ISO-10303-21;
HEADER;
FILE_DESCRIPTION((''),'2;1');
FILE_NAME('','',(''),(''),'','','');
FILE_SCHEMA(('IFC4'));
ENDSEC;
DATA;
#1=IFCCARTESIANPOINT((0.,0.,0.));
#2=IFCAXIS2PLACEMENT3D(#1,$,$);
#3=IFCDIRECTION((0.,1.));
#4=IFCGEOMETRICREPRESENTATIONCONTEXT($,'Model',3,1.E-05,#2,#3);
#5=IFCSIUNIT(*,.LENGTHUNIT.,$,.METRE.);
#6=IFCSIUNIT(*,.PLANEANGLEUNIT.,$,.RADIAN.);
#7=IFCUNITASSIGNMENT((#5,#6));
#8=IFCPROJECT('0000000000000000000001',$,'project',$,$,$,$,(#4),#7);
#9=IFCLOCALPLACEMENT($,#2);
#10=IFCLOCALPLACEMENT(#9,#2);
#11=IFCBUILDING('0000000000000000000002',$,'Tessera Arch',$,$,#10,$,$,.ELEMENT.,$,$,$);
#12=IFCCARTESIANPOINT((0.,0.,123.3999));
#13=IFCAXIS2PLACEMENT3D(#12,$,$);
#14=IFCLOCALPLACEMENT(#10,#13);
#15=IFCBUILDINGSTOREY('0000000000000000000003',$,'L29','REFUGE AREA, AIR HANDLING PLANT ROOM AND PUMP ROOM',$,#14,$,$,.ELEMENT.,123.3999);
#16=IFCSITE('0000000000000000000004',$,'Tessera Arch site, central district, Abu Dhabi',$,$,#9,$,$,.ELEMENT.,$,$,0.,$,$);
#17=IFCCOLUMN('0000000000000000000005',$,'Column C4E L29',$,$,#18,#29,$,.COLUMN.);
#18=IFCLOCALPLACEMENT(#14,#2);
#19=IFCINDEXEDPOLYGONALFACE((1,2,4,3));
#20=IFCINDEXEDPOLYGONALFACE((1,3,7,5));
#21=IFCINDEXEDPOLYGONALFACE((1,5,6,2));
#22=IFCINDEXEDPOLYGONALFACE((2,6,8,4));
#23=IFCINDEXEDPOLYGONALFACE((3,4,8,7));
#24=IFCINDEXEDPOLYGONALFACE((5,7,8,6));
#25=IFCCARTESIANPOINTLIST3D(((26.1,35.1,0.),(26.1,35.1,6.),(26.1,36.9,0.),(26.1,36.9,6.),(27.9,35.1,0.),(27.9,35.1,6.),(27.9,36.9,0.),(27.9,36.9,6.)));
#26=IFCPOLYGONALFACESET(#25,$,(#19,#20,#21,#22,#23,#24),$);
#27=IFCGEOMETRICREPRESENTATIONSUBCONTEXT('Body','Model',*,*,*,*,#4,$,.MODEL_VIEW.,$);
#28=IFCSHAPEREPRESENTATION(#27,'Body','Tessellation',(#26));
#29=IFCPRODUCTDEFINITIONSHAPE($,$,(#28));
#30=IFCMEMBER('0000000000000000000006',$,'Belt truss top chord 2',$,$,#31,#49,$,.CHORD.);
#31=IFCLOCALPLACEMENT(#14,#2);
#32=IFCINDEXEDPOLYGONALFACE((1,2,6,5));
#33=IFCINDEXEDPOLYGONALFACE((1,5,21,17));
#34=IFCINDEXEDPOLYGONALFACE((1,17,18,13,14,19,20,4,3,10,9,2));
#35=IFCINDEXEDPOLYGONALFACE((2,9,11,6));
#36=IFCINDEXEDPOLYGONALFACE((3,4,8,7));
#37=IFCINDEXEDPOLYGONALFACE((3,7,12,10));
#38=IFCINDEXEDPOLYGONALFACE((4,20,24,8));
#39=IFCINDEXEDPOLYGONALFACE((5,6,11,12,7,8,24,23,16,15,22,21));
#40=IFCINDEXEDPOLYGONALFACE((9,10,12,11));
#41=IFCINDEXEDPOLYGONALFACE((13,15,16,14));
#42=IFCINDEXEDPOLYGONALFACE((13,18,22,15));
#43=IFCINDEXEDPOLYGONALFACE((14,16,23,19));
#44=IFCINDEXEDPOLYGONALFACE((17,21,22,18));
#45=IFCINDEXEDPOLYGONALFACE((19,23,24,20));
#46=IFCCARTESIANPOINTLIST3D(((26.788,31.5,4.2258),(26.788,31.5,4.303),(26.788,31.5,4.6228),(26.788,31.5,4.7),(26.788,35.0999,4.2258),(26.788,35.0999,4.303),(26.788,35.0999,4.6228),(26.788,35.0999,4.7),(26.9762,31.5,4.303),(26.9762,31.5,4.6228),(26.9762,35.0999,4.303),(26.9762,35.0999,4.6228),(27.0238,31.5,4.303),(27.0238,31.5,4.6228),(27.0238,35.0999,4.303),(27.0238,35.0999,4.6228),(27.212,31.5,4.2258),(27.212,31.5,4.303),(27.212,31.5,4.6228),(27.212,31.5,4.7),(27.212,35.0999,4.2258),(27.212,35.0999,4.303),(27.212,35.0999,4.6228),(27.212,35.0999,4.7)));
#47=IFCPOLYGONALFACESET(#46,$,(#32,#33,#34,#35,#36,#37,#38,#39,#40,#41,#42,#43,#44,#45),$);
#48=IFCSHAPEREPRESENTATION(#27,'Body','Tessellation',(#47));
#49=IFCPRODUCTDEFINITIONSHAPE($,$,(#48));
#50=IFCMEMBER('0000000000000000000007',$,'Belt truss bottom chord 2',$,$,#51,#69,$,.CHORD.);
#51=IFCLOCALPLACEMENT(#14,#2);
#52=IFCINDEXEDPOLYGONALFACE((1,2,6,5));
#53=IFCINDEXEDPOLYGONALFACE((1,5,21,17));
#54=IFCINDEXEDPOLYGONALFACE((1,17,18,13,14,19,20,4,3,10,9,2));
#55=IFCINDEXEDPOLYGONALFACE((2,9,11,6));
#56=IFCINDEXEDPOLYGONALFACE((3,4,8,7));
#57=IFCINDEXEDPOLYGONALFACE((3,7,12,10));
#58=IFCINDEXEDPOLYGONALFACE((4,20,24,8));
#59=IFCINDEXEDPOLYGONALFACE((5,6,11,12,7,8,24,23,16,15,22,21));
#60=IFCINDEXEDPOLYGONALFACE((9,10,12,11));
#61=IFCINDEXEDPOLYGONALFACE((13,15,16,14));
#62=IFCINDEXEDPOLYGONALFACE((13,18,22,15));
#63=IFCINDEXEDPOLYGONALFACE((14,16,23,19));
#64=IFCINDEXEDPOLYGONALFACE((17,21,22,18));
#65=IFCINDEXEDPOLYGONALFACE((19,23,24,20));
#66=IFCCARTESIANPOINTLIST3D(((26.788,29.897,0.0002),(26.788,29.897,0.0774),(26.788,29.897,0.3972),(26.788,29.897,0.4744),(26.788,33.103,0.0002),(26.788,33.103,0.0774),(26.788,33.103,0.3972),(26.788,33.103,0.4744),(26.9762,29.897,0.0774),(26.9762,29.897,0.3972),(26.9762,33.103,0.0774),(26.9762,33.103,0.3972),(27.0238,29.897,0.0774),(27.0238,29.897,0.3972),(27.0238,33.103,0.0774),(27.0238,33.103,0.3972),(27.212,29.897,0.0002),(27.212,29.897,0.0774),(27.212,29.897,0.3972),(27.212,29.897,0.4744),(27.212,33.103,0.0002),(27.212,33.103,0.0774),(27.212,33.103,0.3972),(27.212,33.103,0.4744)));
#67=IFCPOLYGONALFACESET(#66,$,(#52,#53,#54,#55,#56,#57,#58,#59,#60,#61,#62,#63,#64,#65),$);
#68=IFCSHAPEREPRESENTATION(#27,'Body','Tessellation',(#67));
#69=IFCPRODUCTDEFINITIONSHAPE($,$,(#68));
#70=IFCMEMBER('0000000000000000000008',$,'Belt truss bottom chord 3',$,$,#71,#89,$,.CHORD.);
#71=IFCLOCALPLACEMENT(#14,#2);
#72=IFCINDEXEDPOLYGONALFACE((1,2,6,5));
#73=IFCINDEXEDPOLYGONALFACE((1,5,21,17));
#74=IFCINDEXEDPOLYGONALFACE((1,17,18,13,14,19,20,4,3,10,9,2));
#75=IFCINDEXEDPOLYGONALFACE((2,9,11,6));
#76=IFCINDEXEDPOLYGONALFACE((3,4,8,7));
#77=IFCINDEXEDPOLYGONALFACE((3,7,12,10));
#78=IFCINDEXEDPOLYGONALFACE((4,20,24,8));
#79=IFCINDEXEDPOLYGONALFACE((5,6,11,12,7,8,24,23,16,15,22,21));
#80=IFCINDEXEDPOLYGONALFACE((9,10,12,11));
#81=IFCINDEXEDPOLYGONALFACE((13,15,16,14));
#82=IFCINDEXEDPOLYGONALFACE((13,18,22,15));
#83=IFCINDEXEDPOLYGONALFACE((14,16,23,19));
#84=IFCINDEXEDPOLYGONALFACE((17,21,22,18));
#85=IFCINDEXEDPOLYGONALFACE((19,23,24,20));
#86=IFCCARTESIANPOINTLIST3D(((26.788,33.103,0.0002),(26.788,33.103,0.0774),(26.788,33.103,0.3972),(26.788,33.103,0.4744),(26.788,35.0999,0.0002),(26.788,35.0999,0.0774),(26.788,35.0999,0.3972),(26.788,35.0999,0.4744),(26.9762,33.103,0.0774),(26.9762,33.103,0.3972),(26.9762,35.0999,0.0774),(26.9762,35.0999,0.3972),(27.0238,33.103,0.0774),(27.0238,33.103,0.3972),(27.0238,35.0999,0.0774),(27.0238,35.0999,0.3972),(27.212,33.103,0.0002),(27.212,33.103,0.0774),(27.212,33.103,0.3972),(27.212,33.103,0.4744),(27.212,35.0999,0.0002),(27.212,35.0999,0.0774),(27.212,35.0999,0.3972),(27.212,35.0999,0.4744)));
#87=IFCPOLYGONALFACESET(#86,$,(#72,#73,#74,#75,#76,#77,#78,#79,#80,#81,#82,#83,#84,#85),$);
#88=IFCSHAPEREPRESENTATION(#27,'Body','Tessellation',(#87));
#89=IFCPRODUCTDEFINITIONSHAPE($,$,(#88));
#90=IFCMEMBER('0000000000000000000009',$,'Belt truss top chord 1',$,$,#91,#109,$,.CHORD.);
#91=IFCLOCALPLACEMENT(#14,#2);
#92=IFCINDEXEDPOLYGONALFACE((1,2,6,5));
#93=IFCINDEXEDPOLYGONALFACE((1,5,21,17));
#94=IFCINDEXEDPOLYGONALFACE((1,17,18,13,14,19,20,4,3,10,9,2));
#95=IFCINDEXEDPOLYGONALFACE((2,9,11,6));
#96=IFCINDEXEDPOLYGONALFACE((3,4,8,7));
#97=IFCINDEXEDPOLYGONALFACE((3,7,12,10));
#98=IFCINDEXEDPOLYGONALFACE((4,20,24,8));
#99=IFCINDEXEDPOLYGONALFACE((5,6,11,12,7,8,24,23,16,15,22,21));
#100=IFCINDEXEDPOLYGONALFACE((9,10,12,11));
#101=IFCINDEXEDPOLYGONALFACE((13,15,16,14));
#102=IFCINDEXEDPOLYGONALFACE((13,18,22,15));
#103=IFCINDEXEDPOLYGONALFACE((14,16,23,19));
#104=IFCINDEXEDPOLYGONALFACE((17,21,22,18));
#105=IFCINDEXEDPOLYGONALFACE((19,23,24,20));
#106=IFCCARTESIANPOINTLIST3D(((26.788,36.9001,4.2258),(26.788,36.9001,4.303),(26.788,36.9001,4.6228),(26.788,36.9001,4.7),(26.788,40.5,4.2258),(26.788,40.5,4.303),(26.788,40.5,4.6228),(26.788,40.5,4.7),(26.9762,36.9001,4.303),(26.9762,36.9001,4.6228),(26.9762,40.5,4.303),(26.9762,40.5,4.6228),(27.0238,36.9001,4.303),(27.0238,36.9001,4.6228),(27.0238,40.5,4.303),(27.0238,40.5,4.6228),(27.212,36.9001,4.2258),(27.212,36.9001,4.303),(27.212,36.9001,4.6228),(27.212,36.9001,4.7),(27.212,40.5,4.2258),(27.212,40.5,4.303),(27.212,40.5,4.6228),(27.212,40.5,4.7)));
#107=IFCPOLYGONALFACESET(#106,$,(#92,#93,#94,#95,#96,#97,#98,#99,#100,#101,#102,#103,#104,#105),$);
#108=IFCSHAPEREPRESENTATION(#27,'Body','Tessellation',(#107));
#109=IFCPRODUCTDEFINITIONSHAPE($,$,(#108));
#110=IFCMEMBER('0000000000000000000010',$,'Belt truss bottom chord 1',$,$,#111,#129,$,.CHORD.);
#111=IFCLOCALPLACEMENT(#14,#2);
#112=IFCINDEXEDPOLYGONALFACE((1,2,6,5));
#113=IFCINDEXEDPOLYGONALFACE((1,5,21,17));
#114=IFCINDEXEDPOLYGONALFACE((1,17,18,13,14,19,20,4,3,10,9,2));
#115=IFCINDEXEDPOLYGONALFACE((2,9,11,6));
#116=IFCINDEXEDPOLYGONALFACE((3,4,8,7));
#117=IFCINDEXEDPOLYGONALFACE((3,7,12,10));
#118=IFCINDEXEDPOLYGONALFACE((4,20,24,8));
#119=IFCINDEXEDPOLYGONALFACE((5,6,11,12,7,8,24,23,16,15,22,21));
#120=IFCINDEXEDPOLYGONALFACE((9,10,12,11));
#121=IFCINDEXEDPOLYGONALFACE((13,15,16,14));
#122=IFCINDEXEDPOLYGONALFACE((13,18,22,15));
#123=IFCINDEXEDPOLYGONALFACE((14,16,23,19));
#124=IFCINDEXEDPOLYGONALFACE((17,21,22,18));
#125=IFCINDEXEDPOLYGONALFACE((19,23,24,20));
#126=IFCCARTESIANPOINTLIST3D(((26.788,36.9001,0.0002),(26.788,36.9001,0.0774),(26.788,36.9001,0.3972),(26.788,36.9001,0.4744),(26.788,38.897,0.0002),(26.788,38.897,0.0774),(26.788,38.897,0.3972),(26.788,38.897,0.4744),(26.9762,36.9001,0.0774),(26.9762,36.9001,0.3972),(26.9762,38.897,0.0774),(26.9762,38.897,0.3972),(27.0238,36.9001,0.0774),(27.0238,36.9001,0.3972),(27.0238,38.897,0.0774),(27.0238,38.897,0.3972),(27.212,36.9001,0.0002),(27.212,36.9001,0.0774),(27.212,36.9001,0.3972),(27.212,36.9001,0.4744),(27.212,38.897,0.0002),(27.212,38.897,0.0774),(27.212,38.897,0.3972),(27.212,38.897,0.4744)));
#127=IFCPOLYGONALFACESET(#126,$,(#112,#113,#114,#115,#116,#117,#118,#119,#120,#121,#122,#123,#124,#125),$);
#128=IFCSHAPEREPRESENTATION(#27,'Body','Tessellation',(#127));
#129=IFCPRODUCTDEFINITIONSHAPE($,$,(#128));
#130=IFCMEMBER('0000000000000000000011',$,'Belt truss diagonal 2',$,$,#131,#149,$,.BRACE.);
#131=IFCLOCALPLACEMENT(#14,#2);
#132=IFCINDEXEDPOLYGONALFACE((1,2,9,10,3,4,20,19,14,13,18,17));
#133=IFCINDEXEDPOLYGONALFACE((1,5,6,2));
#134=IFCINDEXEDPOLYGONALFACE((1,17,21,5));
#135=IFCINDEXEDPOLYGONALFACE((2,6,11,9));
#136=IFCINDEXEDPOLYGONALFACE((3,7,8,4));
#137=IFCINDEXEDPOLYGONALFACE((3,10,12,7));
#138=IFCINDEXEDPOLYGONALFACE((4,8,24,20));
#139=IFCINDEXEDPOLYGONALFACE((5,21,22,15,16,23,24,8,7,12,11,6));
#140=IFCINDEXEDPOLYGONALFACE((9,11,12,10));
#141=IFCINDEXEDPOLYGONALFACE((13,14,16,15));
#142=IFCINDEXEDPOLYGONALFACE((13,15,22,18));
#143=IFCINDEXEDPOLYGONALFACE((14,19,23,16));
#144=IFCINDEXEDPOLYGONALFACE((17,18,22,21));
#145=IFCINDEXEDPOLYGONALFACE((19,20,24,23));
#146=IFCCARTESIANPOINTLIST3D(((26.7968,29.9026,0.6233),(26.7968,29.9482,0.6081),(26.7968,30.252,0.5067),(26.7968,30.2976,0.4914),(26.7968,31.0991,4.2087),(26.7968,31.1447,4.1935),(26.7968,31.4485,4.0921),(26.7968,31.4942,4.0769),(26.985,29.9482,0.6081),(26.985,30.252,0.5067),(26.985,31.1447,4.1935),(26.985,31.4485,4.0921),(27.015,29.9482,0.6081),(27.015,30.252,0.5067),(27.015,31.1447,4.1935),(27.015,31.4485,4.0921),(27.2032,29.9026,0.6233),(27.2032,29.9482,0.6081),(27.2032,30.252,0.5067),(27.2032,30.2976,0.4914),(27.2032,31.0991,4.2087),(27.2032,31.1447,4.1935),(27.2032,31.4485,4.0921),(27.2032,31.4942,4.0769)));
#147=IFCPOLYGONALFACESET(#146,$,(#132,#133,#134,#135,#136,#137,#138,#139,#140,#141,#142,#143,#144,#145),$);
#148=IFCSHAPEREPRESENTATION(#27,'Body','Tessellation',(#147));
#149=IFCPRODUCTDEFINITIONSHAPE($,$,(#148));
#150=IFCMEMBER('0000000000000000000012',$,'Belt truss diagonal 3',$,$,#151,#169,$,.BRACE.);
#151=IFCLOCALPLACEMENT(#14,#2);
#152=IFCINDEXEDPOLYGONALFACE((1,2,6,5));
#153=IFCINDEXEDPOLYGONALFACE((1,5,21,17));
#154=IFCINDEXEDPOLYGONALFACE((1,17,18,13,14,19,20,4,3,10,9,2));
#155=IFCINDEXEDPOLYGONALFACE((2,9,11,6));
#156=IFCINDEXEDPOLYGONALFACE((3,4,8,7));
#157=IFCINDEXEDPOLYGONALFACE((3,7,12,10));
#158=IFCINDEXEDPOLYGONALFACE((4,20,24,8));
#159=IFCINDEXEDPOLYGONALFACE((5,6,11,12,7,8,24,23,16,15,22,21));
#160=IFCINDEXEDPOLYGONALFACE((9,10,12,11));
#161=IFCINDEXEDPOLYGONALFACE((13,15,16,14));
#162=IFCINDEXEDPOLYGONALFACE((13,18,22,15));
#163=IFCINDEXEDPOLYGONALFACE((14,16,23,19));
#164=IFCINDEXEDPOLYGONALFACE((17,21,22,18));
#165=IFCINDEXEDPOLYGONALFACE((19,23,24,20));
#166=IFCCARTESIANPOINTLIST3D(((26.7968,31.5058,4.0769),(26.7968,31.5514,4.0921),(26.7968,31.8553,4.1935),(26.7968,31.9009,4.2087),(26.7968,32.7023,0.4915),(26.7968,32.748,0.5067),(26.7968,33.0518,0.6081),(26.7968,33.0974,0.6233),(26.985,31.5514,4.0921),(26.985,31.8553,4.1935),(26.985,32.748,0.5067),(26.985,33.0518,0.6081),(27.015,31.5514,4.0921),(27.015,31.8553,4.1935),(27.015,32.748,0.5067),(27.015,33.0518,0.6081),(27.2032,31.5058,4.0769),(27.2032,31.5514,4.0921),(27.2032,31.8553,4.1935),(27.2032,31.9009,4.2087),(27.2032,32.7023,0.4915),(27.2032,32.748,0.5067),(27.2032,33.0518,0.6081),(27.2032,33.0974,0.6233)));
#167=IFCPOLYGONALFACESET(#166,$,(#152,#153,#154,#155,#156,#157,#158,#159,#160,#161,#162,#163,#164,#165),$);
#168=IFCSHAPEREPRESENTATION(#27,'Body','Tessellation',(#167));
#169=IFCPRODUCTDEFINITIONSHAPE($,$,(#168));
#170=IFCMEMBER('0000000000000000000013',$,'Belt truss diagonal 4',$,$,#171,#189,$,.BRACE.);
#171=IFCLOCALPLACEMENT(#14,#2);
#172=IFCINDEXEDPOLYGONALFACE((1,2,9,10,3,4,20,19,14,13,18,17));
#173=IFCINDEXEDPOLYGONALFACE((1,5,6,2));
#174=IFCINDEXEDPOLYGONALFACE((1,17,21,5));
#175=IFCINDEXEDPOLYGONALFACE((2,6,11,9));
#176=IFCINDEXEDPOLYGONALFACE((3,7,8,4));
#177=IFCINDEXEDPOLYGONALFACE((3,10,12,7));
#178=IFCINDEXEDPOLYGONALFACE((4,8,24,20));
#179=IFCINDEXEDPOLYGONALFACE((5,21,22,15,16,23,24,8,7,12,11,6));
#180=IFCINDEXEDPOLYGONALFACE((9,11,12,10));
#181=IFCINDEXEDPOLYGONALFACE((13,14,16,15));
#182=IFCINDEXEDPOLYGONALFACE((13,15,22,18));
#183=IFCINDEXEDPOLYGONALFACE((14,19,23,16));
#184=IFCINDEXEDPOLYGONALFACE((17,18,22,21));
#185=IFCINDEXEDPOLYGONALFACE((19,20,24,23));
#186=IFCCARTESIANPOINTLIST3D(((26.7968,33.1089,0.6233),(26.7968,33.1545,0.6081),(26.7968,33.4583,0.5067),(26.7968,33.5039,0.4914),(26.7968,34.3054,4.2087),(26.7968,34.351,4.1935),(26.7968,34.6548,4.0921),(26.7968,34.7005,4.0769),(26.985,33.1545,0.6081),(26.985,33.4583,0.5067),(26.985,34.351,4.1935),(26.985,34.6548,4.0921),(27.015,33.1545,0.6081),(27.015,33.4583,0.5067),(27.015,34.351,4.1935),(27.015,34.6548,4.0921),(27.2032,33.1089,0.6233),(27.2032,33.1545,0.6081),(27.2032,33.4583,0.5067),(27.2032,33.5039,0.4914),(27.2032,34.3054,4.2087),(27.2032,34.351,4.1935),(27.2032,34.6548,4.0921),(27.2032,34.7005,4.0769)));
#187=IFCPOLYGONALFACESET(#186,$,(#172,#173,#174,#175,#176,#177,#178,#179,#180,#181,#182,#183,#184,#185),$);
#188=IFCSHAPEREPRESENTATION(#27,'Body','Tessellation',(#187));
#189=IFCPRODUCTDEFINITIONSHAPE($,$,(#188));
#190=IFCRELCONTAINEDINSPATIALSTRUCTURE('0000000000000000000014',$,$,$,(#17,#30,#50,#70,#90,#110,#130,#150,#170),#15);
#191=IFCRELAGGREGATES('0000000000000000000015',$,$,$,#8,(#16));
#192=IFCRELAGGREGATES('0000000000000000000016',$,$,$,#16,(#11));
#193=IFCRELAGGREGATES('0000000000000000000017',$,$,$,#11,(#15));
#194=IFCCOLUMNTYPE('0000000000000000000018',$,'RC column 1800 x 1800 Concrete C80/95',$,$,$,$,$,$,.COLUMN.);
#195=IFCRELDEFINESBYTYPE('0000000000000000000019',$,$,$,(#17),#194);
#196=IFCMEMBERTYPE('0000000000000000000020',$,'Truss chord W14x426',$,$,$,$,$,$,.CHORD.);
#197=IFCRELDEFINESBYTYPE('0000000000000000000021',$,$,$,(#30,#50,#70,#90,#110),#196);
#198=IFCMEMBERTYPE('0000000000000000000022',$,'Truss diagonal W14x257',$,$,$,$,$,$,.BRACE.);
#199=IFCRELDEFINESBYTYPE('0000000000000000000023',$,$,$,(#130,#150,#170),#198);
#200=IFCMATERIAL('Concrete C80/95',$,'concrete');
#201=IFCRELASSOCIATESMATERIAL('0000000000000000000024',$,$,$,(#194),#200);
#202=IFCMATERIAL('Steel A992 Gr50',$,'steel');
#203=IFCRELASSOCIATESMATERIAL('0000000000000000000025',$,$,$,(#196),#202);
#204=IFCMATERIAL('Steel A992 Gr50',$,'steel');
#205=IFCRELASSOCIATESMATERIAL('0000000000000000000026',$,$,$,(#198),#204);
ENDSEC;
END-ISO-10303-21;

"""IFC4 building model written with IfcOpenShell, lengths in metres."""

from ifc_helpers import new_model, si_unit, direction, frame, origin, origin_2d, place, context, subcontext, project, spatial, rectangle, i_section, extrude, material, material_profile, profile_set, type_object, element, save


model = new_model("IFC4")

# Units and contexts
model_context = context("Model", 3, precision=1e-05, world=origin(), true_north=direction((0.0, 1.0)))
body_context = subcontext(model_context, "Body", "Model", "MODEL_VIEW")
ifc_project = project(units=[si_unit("LENGTHUNIT", "METRE"), si_unit("PLANEANGLEUNIT", "RADIAN")], contexts=[model_context])

# Site, building, storey
site_placement = place(None, origin())
site = spatial("IfcSite", under=ifc_project, at=site_placement, Name="Tessera Arch site, central district, Abu Dhabi", CompositionType="ELEMENT", RefElevation=0.0)
building_placement = place(site_placement, origin())
building = spatial("IfcBuilding", under=site, at=building_placement, Name="Tessera Arch", CompositionType="ELEMENT")
storey_placement = place(building_placement, frame((0.0, 0.0, 123.3999)))
storey = spatial("IfcBuildingStorey", under=building, at=storey_placement, Name="L29", Description="REFUGE AREA, AIR HANDLING PLANT ROOM AND PUMP ROOM", CompositionType="ELEMENT", Elevation=123.3999)

# Column
ifc_material_1 = material(Name="Concrete C80/95", Category="concrete")
ifc_material_profile_1 = material_profile(ifc_material_1, rectangle(XDim=1.8, YDim=1.8, at=origin_2d()), Name="RC column 1800 x 1800 Concrete C80/95")
ifc_profile_set_1 = profile_set([ifc_material_profile_1], Name="Concrete C80/95")
column_type = type_object("IfcColumnType", Name="RC column 1800 x 1800 Concrete C80/95", PredefinedType="COLUMN", material=ifc_profile_set_1)
column_placement = place(storey_placement, frame((27.0, 36.0, 0.0), z_axis=(0.0, 0.0, 1.0), x_axis=(1.0, 0.0, 0.0)))
element("IfcColumn", 1, at=column_placement, inside=storey, type_object=column_type, Name="Column C4E L29", PredefinedType="COLUMN", context=body_context, shape_type="SweptSolid", body=[
    extrude(rectangle(XDim=1.8, YDim=1.8, at=origin_2d()), origin(), (0.0, 0.0, 1.0), 6.0),
])

# Members
ifc_material_2 = material(Name="Steel A992 Gr50", Category="steel")
ifc_material_profile_2 = material_profile(ifc_material_2, i_section(OverallWidth=0.4241, OverallDepth=0.4741, WebThickness=0.0476, FlangeThickness=0.0771, at=origin_2d()), Name="W14x426")
ifc_profile_set_2 = profile_set([ifc_material_profile_2], Name="Steel A992 Gr50")
member_type_1 = type_object("IfcMemberType", Name="Truss chord W14x426", PredefinedType="CHORD", material=ifc_profile_set_2)
member_1_placement = place(storey_placement, frame((27.0, 31.5, 4.4629), z_axis=(0.0, 1.0, 0.0), x_axis=(-1.0, 0.0, 0.0)))
element("IfcMember", 2, at=member_1_placement, inside=storey, type_object=member_type_1, Name="Belt truss top chord 2", PredefinedType="CHORD", context=body_context, shape_type="SweptSolid", body=[
    extrude(i_section(OverallWidth=0.4241, OverallDepth=0.4741, WebThickness=0.0476, FlangeThickness=0.0771, at=origin_2d()), origin(), (0.0, 0.0, 1.0), 3.5999),
])
member_2_placement = place(storey_placement, frame((27.0, 29.897, 0.2373), z_axis=(0.0, 1.0, 0.0), x_axis=(-1.0, 0.0, 0.0)))
element("IfcMember", 3, at=member_2_placement, inside=storey, type_object=member_type_1, Name="Belt truss bottom chord 2", PredefinedType="CHORD", context=body_context, shape_type="SweptSolid", body=[
    extrude(i_section(OverallWidth=0.4241, OverallDepth=0.4741, WebThickness=0.0476, FlangeThickness=0.0771, at=origin_2d()), origin(), (0.0, 0.0, 1.0), 3.2061),
])
member_3_placement = place(storey_placement, frame((27.0, 33.103, 0.2373), z_axis=(0.0, 1.0, 0.0), x_axis=(-1.0, 0.0, 0.0)))
element("IfcMember", 4, at=member_3_placement, inside=storey, type_object=member_type_1, Name="Belt truss bottom chord 3", PredefinedType="CHORD", context=body_context, shape_type="SweptSolid", body=[
    extrude(i_section(OverallWidth=0.4241, OverallDepth=0.4741, WebThickness=0.0476, FlangeThickness=0.0771, at=origin_2d()), origin(), (0.0, 0.0, 1.0), 1.9968),
])
member_4_placement = place(storey_placement, frame((27.0, 36.9001, 4.4629), z_axis=(0.0, 1.0, 0.0), x_axis=(-1.0, 0.0, 0.0)))
element("IfcMember", 5, at=member_4_placement, inside=storey, type_object=member_type_1, Name="Belt truss top chord 1", PredefinedType="CHORD", context=body_context, shape_type="SweptSolid", body=[
    extrude(i_section(OverallWidth=0.4241, OverallDepth=0.4741, WebThickness=0.0476, FlangeThickness=0.0771, at=origin_2d()), origin(), (0.0, 0.0, 1.0), 3.5999),
])
member_5_placement = place(storey_placement, frame((27.0, 36.9001, 0.2373), z_axis=(0.0, 1.0, 0.0), x_axis=(-1.0, 0.0, 0.0)))
element("IfcMember", 6, at=member_5_placement, inside=storey, type_object=member_type_1, Name="Belt truss bottom chord 1", PredefinedType="CHORD", context=body_context, shape_type="SweptSolid", body=[
    extrude(i_section(OverallWidth=0.4241, OverallDepth=0.4741, WebThickness=0.0476, FlangeThickness=0.0771, at=origin_2d()), origin(), (0.0, 0.0, 1.0), 1.9968),
])
ifc_material_3 = material(Name="Steel A992 Gr50", Category="steel")
ifc_material_profile_3 = material_profile(ifc_material_3, i_section(OverallWidth=0.4065, OverallDepth=0.4165, WebThickness=0.03, FlangeThickness=0.0481, at=origin_2d()), Name="W14x257")
ifc_profile_set_3 = profile_set([ifc_material_profile_3], Name="Steel A992 Gr50")
member_type_2 = type_object("IfcMemberType", Name="Truss diagonal W14x257", PredefinedType="BRACE", material=ifc_profile_set_3)
for number, where, z_axis, x_axis, name in (
    (7, (27.0, 30.1001, 0.5574), (0.0, 0.316557, 0.948573), (-1.0, 0.0, 0.0), "Belt truss diagonal 2"),
    (8, (27.0, 31.7034, 4.1428), (0.0, 0.316557, -0.948573), (-1.0, 0.0, 0.0), "Belt truss diagonal 3"),
    (9, (27.0, 33.3064, 0.5574), (0.0, 0.316557, 0.948573), (-1.0, 0.0, 0.0), "Belt truss diagonal 4"),
):
    element("IfcMember", number, at=place(storey_placement, frame(where, z_axis=z_axis, x_axis=x_axis)), inside=storey, type_object=member_type_2, Name=name, PredefinedType="BRACE", context=body_context, shape_type="SweptSolid", body=[
        extrude(i_section(OverallWidth=0.4065, OverallDepth=0.4165, WebThickness=0.03, FlangeThickness=0.0481, at=origin_2d()), origin(), (0.0, 0.0, 1.0), 3.7798),
    ])

save(model, "model.ifc")
